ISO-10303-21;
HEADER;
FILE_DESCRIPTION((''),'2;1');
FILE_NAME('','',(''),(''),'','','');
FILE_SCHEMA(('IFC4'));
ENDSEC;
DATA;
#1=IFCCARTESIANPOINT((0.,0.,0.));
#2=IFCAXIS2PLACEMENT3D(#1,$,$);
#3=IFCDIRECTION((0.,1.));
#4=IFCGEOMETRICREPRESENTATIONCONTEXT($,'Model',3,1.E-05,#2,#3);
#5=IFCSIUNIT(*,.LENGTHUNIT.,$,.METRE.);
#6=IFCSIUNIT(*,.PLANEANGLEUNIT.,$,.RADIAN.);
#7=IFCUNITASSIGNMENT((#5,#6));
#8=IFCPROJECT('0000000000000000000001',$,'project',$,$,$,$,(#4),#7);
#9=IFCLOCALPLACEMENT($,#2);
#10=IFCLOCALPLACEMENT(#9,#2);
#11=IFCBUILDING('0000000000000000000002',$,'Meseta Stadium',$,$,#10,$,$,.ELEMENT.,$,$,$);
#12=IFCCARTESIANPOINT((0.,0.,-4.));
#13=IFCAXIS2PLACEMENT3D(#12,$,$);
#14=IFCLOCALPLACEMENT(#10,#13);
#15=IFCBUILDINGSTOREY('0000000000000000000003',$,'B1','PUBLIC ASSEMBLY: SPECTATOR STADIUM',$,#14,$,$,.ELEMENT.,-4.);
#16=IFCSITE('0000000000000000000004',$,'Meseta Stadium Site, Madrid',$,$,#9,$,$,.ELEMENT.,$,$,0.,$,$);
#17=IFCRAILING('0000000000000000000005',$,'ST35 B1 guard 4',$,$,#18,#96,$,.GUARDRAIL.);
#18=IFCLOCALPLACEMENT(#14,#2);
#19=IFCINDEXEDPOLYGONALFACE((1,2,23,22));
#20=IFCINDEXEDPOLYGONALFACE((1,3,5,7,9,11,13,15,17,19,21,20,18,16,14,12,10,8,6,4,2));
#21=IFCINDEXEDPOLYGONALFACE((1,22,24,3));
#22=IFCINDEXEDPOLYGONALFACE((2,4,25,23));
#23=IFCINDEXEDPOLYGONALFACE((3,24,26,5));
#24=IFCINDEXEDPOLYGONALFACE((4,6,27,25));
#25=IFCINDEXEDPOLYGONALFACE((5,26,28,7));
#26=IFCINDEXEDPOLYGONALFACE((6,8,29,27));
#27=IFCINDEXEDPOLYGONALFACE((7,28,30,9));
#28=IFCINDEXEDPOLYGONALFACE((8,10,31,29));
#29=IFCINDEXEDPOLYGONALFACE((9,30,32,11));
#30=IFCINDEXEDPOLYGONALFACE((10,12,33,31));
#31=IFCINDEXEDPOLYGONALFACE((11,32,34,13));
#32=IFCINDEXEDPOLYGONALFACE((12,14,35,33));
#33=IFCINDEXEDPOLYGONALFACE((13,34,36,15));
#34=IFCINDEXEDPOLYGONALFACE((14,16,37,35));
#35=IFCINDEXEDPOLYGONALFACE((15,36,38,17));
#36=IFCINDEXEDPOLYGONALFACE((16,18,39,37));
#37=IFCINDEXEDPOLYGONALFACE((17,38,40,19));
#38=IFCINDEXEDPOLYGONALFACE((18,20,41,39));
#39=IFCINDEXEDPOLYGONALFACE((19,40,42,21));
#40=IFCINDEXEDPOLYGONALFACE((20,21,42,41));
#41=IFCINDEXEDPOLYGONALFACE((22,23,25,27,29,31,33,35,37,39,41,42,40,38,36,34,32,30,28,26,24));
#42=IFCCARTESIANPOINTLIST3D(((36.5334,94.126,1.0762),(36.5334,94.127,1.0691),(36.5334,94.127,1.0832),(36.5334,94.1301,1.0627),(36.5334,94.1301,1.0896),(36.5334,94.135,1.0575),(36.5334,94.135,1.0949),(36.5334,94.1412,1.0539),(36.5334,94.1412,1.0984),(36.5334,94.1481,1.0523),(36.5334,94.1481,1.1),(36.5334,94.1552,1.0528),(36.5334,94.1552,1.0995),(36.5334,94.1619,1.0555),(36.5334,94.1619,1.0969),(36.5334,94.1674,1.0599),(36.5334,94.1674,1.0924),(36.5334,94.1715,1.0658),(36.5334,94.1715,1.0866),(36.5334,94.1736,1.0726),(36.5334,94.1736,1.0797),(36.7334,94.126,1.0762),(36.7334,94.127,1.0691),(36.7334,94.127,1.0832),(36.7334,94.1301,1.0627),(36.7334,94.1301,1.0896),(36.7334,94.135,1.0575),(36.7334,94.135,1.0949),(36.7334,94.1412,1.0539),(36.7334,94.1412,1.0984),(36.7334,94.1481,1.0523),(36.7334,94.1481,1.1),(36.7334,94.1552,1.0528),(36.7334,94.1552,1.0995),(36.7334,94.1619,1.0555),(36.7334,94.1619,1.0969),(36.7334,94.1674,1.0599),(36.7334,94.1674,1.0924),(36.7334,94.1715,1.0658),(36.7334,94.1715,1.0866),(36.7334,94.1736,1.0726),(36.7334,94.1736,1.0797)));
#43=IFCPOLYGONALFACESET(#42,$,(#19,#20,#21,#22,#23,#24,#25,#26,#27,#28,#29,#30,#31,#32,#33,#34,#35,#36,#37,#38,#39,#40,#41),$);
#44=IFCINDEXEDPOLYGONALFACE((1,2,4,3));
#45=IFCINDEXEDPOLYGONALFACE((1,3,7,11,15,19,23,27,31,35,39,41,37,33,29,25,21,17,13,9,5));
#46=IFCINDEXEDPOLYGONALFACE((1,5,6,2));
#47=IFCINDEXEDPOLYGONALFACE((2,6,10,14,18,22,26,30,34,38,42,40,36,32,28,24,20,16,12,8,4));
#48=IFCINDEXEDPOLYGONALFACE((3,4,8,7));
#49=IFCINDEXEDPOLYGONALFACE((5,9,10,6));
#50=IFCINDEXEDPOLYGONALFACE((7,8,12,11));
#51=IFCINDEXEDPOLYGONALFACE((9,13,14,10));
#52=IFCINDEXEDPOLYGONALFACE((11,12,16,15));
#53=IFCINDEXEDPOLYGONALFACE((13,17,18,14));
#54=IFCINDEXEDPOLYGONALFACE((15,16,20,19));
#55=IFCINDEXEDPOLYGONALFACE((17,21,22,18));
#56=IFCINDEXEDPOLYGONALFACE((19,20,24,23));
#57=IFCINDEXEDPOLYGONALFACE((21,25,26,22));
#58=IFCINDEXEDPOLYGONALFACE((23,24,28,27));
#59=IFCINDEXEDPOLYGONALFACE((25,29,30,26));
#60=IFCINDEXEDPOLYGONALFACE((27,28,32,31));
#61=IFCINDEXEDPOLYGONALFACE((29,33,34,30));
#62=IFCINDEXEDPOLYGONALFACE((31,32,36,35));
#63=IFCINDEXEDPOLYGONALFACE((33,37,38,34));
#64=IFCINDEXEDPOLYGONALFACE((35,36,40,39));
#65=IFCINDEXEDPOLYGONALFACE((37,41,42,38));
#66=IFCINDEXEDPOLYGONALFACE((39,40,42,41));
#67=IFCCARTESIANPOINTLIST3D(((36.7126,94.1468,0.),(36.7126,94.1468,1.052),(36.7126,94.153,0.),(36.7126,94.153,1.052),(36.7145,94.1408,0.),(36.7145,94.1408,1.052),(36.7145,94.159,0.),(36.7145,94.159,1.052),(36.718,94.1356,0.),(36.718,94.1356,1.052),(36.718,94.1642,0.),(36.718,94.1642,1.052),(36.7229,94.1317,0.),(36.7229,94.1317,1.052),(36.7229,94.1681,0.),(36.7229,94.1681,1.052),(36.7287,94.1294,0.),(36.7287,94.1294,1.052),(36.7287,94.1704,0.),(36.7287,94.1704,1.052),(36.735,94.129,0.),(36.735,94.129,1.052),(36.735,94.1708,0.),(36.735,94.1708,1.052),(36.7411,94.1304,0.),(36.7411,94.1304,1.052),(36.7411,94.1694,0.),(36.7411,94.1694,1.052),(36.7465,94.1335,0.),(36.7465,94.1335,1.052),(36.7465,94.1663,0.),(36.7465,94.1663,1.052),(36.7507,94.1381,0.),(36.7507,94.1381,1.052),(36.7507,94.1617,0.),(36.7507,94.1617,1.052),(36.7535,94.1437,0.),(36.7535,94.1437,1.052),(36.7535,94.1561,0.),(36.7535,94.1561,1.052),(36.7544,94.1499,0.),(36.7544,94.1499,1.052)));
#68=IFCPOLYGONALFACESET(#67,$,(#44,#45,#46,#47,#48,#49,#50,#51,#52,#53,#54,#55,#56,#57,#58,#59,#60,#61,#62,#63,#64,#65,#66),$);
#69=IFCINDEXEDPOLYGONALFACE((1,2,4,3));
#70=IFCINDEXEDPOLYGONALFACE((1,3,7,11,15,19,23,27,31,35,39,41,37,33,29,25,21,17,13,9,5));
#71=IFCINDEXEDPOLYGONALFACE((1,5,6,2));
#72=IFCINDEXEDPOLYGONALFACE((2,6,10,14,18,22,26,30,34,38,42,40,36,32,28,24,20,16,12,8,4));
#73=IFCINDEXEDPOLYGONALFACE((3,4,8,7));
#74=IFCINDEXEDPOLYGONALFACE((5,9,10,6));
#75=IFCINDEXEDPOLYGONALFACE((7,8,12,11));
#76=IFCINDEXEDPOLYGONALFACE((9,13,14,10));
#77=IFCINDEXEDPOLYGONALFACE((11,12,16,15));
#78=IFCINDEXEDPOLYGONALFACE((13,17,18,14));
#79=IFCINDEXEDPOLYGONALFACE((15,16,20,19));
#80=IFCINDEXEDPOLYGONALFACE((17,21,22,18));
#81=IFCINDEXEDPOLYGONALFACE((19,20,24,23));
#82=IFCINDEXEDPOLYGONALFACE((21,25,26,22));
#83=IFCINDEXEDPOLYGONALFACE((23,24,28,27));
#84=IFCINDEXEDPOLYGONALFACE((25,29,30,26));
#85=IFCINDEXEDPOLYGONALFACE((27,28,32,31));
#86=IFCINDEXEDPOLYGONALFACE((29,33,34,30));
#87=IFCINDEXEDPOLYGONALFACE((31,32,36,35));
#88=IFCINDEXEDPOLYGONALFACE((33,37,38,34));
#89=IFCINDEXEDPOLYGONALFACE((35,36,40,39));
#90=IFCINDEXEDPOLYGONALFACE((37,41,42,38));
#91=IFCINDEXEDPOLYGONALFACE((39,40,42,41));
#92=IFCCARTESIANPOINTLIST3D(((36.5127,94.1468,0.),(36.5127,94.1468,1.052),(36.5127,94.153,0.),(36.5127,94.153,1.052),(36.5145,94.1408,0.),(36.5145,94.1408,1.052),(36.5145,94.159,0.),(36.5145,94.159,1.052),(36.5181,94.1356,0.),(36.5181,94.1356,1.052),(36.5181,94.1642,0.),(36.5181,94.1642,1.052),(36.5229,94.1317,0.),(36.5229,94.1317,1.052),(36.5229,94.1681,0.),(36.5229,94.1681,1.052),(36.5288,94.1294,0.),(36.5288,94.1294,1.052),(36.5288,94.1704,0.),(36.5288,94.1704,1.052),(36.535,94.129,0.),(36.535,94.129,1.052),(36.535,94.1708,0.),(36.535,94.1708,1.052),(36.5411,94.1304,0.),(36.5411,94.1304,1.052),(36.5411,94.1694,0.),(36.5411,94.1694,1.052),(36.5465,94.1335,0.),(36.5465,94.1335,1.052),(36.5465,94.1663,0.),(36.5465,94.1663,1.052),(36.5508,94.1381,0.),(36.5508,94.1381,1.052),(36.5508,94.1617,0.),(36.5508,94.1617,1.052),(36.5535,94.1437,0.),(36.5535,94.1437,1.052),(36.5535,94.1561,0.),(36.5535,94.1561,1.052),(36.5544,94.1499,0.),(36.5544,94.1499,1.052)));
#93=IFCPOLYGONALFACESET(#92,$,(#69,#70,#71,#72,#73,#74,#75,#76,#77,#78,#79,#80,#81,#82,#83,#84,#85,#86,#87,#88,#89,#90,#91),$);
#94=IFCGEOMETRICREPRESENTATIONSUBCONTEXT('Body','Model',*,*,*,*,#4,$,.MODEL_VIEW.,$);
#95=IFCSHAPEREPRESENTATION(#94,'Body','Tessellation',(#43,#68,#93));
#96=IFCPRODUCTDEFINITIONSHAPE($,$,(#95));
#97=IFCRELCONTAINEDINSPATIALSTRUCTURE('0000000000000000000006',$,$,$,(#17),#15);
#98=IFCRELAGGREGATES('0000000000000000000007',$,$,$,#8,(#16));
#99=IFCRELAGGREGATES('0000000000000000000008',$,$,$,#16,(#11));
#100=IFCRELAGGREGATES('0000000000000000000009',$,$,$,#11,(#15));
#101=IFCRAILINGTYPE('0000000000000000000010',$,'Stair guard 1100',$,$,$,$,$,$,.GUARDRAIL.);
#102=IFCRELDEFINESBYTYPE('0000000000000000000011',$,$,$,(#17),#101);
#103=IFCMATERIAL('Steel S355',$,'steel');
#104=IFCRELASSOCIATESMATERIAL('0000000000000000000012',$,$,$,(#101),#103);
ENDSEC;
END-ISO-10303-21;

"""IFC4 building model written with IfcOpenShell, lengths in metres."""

from ifc_helpers import new_model, si_unit, direction, frame, origin, origin_2d, place, context, subcontext, project, spatial, circle, extrude, material, type_object, element, save


model = new_model("IFC4")

# Units and contexts
model_context = context("Model", 3, precision=1e-05, world=origin(), true_north=direction((0.0, 1.0)))
body_context = subcontext(model_context, "Body", "Model", "MODEL_VIEW")
ifc_project = project(units=[si_unit("LENGTHUNIT", "METRE"), si_unit("PLANEANGLEUNIT", "RADIAN")], contexts=[model_context])

# Site, building, storey
site_placement = place(None, origin())
site = spatial("IfcSite", under=ifc_project, at=site_placement, Name="Meseta Stadium Site, Madrid", CompositionType="ELEMENT", RefElevation=0.0)
building_placement = place(site_placement, origin())
building = spatial("IfcBuilding", under=site, at=building_placement, Name="Meseta Stadium", CompositionType="ELEMENT")
storey_placement = place(building_placement, frame((0.0, 0.0, -4.0)))
storey = spatial("IfcBuildingStorey", under=building, at=storey_placement, Name="B1", Description="PUBLIC ASSEMBLY: SPECTATOR STADIUM", CompositionType="ELEMENT", Elevation=-4.0)

# Railing
ifc_material_1 = material(Name="Steel S355", Category="steel")
railing_type_1 = type_object("IfcRailingType", Name="Stair guard 1100", PredefinedType="GUARDRAIL", material=ifc_material_1)
railing_1_placement = place(storey_placement, frame((36.7334, 94.1499, 0.0)))
element("IfcRailing", 1, at=railing_1_placement, inside=storey, type_object=railing_type_1, Name="ST35 B1 guard 4", PredefinedType="GUARDRAIL", context=body_context, shape_type="SweptSolid", body=[
    extrude(circle(Radius=0.0239, at=origin_2d()), frame((0.0, 0.0, 1.0762), z_axis=(-1.0, 0.0, 0.0), x_axis=(0.0, -1.0, 0.0)), (0.0, 0.0, 1.0), 0.2),
    extrude(circle(Radius=0.021, at=origin_2d()), origin(), (0.0, 0.0, 1.0), 1.052),
    extrude(circle(Radius=0.021, at=origin_2d()), frame((-0.2, 0.0, 0.0)), (0.0, 0.0, 1.0), 1.052),
])

save(model, "model.ifc")
